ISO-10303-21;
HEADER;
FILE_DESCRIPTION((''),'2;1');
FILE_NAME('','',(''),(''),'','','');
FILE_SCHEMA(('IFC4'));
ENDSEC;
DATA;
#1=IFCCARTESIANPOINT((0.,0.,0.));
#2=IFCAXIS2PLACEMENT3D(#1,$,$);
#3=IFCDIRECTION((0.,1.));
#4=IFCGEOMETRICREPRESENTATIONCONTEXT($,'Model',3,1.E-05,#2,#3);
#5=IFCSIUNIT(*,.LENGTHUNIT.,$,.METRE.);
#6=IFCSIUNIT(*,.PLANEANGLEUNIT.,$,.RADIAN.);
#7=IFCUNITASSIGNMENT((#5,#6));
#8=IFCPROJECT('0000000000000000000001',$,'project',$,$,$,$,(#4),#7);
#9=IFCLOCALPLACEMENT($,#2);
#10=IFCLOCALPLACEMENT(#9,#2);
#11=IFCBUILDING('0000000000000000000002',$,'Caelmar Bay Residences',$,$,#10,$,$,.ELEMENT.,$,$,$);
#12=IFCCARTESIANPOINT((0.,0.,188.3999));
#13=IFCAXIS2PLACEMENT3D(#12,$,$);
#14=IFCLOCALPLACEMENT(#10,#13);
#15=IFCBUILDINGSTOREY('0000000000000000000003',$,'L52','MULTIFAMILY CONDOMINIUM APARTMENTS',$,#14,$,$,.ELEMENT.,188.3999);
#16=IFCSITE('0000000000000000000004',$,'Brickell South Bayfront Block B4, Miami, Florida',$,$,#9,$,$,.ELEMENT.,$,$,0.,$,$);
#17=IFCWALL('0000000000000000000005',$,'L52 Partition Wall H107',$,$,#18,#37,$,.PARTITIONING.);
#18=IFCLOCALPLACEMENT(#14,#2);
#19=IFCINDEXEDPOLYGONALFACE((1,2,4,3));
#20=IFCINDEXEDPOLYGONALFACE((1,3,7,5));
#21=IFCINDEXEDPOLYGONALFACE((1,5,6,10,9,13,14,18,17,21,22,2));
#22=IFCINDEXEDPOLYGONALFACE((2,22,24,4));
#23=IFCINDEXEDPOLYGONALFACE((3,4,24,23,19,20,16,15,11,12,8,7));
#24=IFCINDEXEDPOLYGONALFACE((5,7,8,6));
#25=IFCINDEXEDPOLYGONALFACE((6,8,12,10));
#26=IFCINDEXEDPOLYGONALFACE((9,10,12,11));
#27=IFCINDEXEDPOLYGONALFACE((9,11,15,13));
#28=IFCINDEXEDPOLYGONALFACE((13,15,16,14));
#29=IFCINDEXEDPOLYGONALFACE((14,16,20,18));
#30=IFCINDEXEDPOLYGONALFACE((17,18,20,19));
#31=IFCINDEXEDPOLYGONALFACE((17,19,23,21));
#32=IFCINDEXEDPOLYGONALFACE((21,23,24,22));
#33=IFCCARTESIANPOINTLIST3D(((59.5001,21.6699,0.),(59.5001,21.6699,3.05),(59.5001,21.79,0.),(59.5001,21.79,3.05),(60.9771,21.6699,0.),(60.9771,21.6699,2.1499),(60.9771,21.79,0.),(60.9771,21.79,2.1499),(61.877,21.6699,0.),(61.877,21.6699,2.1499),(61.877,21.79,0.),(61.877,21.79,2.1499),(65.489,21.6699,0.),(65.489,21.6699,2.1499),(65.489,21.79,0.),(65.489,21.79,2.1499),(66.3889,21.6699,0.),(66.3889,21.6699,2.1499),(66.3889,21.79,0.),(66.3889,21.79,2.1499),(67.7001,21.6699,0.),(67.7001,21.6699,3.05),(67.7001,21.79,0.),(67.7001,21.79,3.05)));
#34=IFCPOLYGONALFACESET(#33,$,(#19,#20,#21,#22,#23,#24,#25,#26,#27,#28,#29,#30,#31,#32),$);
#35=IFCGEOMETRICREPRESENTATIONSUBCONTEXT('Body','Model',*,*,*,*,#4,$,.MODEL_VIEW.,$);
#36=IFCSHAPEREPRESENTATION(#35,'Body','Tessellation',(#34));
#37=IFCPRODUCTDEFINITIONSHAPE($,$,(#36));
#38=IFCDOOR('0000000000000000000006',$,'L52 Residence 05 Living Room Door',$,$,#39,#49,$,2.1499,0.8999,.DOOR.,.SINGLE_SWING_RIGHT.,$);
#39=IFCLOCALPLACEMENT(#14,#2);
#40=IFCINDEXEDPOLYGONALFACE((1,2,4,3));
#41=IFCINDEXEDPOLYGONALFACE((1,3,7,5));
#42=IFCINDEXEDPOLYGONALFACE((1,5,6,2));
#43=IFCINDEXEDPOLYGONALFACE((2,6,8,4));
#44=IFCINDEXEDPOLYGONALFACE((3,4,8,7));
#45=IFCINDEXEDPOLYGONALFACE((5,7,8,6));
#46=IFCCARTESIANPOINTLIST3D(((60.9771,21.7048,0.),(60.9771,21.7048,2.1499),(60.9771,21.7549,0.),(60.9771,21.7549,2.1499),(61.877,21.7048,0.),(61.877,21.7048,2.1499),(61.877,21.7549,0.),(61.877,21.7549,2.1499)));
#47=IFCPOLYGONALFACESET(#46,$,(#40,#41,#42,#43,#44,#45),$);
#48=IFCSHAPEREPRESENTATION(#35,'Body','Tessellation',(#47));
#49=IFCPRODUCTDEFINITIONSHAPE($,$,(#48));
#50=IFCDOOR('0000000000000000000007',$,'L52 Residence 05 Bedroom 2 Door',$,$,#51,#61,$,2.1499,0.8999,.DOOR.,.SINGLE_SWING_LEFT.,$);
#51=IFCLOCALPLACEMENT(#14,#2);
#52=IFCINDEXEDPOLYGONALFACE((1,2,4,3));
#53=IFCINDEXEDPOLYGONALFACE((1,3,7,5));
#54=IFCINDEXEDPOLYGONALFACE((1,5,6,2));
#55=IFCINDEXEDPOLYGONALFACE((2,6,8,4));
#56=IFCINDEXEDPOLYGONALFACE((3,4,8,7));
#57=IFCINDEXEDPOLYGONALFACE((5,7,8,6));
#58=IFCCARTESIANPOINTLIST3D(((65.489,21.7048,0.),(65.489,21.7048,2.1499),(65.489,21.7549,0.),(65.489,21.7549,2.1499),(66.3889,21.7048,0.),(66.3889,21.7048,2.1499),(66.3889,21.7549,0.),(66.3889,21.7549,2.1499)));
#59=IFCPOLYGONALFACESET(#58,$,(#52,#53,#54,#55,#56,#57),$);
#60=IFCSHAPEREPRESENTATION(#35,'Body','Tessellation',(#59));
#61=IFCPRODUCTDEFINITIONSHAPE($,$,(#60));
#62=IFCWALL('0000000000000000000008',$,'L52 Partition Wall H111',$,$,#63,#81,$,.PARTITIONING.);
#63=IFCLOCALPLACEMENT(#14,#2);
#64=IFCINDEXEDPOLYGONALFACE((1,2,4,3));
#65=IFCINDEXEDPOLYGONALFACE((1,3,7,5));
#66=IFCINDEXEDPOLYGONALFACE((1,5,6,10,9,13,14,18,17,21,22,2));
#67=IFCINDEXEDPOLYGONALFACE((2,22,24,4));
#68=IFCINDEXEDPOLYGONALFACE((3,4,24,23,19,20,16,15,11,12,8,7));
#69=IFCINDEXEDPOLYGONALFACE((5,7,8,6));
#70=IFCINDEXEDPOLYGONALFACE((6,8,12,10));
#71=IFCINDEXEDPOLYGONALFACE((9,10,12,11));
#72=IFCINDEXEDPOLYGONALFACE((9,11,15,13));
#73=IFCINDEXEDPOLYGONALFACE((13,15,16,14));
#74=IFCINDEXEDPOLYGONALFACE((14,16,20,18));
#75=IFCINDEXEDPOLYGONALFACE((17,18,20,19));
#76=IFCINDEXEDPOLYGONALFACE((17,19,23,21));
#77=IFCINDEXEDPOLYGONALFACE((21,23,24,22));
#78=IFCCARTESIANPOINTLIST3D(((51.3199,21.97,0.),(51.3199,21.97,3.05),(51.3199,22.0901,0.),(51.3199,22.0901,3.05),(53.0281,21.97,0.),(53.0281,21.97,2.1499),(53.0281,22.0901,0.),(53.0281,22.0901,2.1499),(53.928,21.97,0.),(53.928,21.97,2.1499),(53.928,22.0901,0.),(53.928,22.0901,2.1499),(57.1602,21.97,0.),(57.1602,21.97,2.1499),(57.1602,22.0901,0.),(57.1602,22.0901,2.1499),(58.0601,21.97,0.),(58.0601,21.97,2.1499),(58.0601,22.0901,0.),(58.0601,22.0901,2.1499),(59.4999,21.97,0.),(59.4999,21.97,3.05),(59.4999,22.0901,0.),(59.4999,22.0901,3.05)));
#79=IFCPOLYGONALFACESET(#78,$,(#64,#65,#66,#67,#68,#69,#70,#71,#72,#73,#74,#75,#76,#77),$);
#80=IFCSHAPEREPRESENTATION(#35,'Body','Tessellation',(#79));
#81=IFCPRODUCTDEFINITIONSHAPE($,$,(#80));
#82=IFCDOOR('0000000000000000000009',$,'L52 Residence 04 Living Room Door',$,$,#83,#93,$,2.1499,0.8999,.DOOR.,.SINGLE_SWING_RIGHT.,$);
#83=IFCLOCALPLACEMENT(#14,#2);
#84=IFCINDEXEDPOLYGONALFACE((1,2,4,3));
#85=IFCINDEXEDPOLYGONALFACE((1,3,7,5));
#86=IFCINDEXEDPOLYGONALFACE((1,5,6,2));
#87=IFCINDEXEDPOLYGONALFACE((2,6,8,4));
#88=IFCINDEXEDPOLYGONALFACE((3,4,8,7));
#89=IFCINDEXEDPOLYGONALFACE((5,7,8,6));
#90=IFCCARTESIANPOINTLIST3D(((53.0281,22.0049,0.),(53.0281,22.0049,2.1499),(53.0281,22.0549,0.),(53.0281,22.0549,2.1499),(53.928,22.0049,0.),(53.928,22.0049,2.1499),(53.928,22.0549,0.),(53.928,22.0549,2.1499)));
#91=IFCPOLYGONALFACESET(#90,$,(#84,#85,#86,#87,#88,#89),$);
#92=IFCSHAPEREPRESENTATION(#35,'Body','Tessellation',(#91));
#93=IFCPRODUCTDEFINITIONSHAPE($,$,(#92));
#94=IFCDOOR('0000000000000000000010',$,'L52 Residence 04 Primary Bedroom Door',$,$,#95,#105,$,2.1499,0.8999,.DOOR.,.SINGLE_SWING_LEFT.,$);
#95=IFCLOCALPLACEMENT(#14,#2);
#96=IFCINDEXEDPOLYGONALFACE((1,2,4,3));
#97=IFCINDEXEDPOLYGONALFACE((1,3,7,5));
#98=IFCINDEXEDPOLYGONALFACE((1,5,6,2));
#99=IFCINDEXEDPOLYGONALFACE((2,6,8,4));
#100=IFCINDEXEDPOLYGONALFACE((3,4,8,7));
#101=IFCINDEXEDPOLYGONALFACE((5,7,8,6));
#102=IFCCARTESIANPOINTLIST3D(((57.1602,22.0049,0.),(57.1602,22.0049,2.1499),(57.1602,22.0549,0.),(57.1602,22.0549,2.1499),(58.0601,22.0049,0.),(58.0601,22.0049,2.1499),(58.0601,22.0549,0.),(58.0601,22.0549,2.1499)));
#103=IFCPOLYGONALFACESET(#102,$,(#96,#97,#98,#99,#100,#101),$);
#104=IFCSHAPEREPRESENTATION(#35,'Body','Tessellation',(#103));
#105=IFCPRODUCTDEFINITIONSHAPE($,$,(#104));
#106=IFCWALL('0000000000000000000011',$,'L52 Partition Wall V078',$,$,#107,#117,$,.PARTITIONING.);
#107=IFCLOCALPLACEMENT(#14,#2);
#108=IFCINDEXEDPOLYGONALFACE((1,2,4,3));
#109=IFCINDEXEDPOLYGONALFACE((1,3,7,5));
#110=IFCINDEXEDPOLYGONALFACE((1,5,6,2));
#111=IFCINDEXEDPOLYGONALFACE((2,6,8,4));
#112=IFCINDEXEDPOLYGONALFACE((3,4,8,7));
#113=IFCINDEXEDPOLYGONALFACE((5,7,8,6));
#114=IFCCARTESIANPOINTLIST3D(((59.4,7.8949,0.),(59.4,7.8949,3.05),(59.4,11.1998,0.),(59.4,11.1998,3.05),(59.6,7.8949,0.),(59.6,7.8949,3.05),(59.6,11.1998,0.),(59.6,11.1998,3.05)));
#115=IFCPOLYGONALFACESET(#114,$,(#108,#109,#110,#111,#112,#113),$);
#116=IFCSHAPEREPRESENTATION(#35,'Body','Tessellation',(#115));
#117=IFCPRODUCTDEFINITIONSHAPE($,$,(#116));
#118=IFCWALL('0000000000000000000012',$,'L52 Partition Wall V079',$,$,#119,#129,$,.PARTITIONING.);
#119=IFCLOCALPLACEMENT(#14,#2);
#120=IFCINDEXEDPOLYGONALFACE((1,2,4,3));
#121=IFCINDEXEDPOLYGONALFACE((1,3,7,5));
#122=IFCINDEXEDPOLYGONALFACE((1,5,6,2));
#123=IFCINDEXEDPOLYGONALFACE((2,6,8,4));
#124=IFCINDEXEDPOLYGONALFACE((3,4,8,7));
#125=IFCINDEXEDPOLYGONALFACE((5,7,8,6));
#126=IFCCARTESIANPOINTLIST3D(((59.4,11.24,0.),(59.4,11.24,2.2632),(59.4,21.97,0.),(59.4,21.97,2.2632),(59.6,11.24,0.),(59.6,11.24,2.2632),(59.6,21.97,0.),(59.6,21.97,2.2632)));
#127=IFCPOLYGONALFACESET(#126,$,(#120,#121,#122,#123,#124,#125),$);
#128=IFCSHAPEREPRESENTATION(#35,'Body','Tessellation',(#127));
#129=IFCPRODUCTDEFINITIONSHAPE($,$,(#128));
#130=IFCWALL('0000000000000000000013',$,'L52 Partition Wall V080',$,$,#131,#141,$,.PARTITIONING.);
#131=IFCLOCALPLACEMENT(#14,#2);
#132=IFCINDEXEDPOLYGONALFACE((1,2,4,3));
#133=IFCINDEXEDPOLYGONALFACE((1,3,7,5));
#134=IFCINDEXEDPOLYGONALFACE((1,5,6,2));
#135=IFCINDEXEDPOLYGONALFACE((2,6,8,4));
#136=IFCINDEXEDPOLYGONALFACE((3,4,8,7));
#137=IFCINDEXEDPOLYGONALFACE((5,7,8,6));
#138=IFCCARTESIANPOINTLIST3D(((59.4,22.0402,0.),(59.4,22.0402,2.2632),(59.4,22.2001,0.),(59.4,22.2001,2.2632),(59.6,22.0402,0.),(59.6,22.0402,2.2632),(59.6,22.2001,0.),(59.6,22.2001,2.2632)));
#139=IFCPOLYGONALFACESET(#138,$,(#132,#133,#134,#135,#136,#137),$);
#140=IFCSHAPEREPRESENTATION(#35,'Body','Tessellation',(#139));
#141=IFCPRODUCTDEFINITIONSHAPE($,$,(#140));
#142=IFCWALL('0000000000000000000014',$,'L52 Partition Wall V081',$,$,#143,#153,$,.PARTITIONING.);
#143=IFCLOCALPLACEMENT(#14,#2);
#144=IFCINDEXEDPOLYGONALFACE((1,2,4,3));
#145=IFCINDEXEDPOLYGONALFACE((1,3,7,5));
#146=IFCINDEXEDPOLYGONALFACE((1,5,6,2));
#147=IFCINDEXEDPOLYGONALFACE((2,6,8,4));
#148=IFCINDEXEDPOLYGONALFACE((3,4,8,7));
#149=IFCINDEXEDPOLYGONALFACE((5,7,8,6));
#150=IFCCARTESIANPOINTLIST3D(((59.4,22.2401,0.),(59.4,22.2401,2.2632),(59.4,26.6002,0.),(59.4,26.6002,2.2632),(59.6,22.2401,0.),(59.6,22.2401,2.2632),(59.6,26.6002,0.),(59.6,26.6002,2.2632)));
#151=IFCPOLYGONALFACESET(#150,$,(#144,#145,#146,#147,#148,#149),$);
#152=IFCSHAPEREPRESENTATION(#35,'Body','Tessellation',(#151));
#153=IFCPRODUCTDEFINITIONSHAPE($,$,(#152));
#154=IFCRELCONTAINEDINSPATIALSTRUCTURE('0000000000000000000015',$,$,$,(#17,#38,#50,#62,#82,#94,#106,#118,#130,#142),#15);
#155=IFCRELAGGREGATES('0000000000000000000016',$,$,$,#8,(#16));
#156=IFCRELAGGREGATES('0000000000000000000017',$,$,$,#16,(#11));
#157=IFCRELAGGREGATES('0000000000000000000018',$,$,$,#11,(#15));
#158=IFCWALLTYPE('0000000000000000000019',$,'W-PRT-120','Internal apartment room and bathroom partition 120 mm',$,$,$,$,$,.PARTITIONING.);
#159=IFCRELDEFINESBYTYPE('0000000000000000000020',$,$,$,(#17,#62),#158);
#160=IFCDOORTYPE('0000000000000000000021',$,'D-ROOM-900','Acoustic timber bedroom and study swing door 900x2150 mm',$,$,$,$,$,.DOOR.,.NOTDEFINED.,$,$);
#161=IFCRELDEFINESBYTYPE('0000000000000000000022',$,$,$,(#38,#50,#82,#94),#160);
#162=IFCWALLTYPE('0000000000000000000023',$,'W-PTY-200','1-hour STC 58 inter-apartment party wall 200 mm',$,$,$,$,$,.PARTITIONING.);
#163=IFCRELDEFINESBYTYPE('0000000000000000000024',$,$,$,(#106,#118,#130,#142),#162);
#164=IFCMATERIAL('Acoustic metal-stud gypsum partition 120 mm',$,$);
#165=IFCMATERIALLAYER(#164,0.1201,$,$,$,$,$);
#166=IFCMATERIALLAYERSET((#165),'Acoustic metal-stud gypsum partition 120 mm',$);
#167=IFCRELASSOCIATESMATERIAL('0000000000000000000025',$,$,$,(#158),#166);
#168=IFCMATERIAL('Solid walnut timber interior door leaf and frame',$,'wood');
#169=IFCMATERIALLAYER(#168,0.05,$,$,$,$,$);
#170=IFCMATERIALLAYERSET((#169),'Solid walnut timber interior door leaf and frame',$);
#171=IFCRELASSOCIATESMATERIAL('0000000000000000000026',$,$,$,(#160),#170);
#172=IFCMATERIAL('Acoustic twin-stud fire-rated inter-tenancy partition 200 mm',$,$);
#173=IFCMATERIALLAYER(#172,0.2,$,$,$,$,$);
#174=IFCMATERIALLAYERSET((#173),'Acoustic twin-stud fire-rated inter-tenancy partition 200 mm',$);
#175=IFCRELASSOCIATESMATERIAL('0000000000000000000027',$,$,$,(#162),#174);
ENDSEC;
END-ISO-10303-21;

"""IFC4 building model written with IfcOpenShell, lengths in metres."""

from ifc_helpers import new_model, si_unit, direction, frame, frame_2d, origin, place, context, subcontext, project, spatial, rectangle, extrude, material, layer, layer_set, type_object, element, fill, save


model = new_model("IFC4")

# Units and contexts
model_context = context("Model", 3, precision=1e-05, world=origin(), true_north=direction((0.0, 1.0)))
body_context = subcontext(model_context, "Body", "Model", "MODEL_VIEW")
ifc_project = project(units=[si_unit("LENGTHUNIT", "METRE"), si_unit("PLANEANGLEUNIT", "RADIAN")], contexts=[model_context])

# Site, building, storey
site_placement = place(None, origin())
site = spatial("IfcSite", under=ifc_project, at=site_placement, Name="Brickell South Bayfront Block B4, Miami, Florida", CompositionType="ELEMENT", RefElevation=0.0)
building_placement = place(site_placement, origin())
building = spatial("IfcBuilding", under=site, at=building_placement, Name="Caelmar Bay Residences", CompositionType="ELEMENT")
storey_placement = place(building_placement, frame((0.0, 0.0, 188.3999)))
storey = spatial("IfcBuildingStorey", under=building, at=storey_placement, Name="L52", Description="MULTIFAMILY CONDOMINIUM APARTMENTS", CompositionType="ELEMENT", Elevation=188.3999)

# Shared definitions
ifc_material_1 = material(Name="Acoustic metal-stud gypsum partition 120 mm")
ifc_layer_1 = layer(ifc_material_1, 0.1201)
ifc_layer_set_1 = layer_set([ifc_layer_1], Name="Acoustic metal-stud gypsum partition 120 mm")
wall_type_1 = type_object("IfcWallType", Name="W-PRT-120", Description="Internal apartment room and bathroom partition 120 mm", PredefinedType="PARTITIONING", material=ifc_layer_set_1)

# Shared definitions
ifc_material_2 = material(Name="Solid walnut timber interior door leaf and frame", Category="wood")
ifc_layer_2 = layer(ifc_material_2, 0.05)
ifc_layer_set_2 = layer_set([ifc_layer_2], Name="Solid walnut timber interior door leaf and frame")
door_type = type_object("IfcDoorType", Name="D-ROOM-900", Description="Acoustic timber bedroom and study swing door 900x2150 mm", OperationType="NOTDEFINED", PredefinedType="DOOR", material=ifc_layer_set_2)

# Walls, openings, doors
wall_1_placement = place(storey_placement, frame((59.5, 21.73, 0.0), z_axis=(0.0, 0.0, 1.0), x_axis=(1.0, 0.0, 0.0)))
wall_1 = element("IfcWall", 1, at=wall_1_placement, inside=storey, type_object=wall_type_1, Name="L52 Partition Wall H107", PredefinedType="PARTITIONING", context=body_context, shape_type="SweptSolid", body=[
    extrude(rectangle(XDim=8.2, YDim=0.1201, at=frame_2d((4.1001, 0.0))), origin(), (0.0, 0.0, 1.0), 3.05),
])
opening_1_placement = place(wall_1_placement, frame((1.4771, 0.0, 0.0)))
opening_1 = element("IfcOpeningElement", 2, at=opening_1_placement, cuts=wall_1, PredefinedType="OPENING", context=body_context, shape_type="SweptSolid", body=[
    extrude(rectangle(XDim=0.8999, YDim=2.1499, at=frame_2d((0.45, 1.075))), frame((0.0, 0.0701, 0.0), z_axis=(0.0, -1.0, 0.0), x_axis=(1.0, 0.0, 0.0)), (0.0, 0.0, 1.0), 0.1401),
])
opening_2_placement = place(wall_1_placement, frame((5.989, 0.0, 0.0)))
opening_2 = element("IfcOpeningElement", 3, at=opening_2_placement, cuts=wall_1, PredefinedType="OPENING", context=body_context, shape_type="SweptSolid", body=[
    extrude(rectangle(XDim=0.8999, YDim=2.1499, at=frame_2d((0.45, 1.075))), frame((0.0, 0.0701, 0.0), z_axis=(0.0, -1.0, 0.0), x_axis=(1.0, 0.0, 0.0)), (0.0, 0.0, 1.0), 0.1401),
])
door_1_placement = place(opening_1_placement, origin())
door_1 = element("IfcDoor", 4, at=door_1_placement, inside=storey, type_object=door_type, Name="L52 Residence 05 Living Room Door", OperationType="SINGLE_SWING_RIGHT", OverallHeight=2.1499, OverallWidth=0.8999, PredefinedType="DOOR", context=body_context, shape_type="SweptSolid", body=[
    extrude(rectangle(XDim=0.8999, YDim=2.1499, at=frame_2d((0.45, 1.075))), frame((0.0, 0.0249, 0.0), z_axis=(0.0, -1.0, 0.0), x_axis=(1.0, 0.0, 0.0)), (0.0, 0.0, 1.0), 0.05),
])
fill(opening_1, door_1)
door_2_placement = place(opening_2_placement, origin())
door_2 = element("IfcDoor", 5, at=door_2_placement, inside=storey, type_object=door_type, Name="L52 Residence 05 Bedroom 2 Door", OperationType="SINGLE_SWING_LEFT", OverallHeight=2.1499, OverallWidth=0.8999, PredefinedType="DOOR", context=body_context, shape_type="SweptSolid", body=[
    extrude(rectangle(XDim=0.8999, YDim=2.1499, at=frame_2d((0.45, 1.075))), frame((0.0, 0.0249, 0.0), z_axis=(0.0, -1.0, 0.0), x_axis=(1.0, 0.0, 0.0)), (0.0, 0.0, 1.0), 0.05),
])
fill(opening_2, door_2)
wall_2_placement = place(storey_placement, frame((51.3201, 22.03, 0.0), z_axis=(0.0, 0.0, 1.0), x_axis=(1.0, 0.0, 0.0)))
wall_2 = element("IfcWall", 6, at=wall_2_placement, inside=storey, type_object=wall_type_1, Name="L52 Partition Wall H111", PredefinedType="PARTITIONING", context=body_context, shape_type="SweptSolid", body=[
    extrude(rectangle(XDim=8.1799, YDim=0.1201, at=frame_2d((4.0898, 0.0))), origin(), (0.0, 0.0, 1.0), 3.05),
])
opening_3_placement = place(wall_2_placement, frame((1.708, 0.0, 0.0)))
opening_3 = element("IfcOpeningElement", 7, at=opening_3_placement, cuts=wall_2, PredefinedType="OPENING", context=body_context, shape_type="SweptSolid", body=[
    extrude(rectangle(XDim=0.8999, YDim=2.1499, at=frame_2d((0.45, 1.075))), frame((0.0, 0.0701, 0.0), z_axis=(0.0, -1.0, 0.0), x_axis=(1.0, 0.0, 0.0)), (0.0, 0.0, 1.0), 0.1401),
])
opening_4_placement = place(wall_2_placement, frame((5.8401, 0.0, 0.0)))
opening_4 = element("IfcOpeningElement", 8, at=opening_4_placement, cuts=wall_2, PredefinedType="OPENING", context=body_context, shape_type="SweptSolid", body=[
    extrude(rectangle(XDim=0.8999, YDim=2.1499, at=frame_2d((0.45, 1.075))), frame((0.0, 0.0701, 0.0), z_axis=(0.0, -1.0, 0.0), x_axis=(1.0, 0.0, 0.0)), (0.0, 0.0, 1.0), 0.1401),
])
door_3_placement = place(opening_3_placement, origin())
door_3 = element("IfcDoor", 9, at=door_3_placement, inside=storey, type_object=door_type, Name="L52 Residence 04 Living Room Door", OperationType="SINGLE_SWING_RIGHT", OverallHeight=2.1499, OverallWidth=0.8999, PredefinedType="DOOR", context=body_context, shape_type="SweptSolid", body=[
    extrude(rectangle(XDim=0.8999, YDim=2.1499, at=frame_2d((0.45, 1.075))), frame((0.0, 0.0249, 0.0), z_axis=(0.0, -1.0, 0.0), x_axis=(1.0, 0.0, 0.0)), (0.0, 0.0, 1.0), 0.05),
])
fill(opening_3, door_3)
door_4_placement = place(opening_4_placement, origin())
door_4 = element("IfcDoor", 10, at=door_4_placement, inside=storey, type_object=door_type, Name="L52 Residence 04 Primary Bedroom Door", OperationType="SINGLE_SWING_LEFT", OverallHeight=2.1499, OverallWidth=0.8999, PredefinedType="DOOR", context=body_context, shape_type="SweptSolid", body=[
    extrude(rectangle(XDim=0.8999, YDim=2.1499, at=frame_2d((0.45, 1.075))), frame((0.0, 0.0249, 0.0), z_axis=(0.0, -1.0, 0.0), x_axis=(1.0, 0.0, 0.0)), (0.0, 0.0, 1.0), 0.05),
])
fill(opening_4, door_4)

# Walls
ifc_material_3 = material(Name="Acoustic twin-stud fire-rated inter-tenancy partition 200 mm")
ifc_layer_3 = layer(ifc_material_3, 0.2)
ifc_layer_set_3 = layer_set([ifc_layer_3], Name="Acoustic twin-stud fire-rated inter-tenancy partition 200 mm")
wall_type_2 = type_object("IfcWallType", Name="W-PTY-200", Description="1-hour STC 58 inter-apartment party wall 200 mm", PredefinedType="PARTITIONING", material=ifc_layer_set_3)
wall_3_placement = place(storey_placement, frame((59.5, 7.895, 0.0), z_axis=(0.0, 0.0, 1.0), x_axis=(0.0, 1.0, 0.0)))
element("IfcWall", 11, at=wall_3_placement, inside=storey, type_object=wall_type_2, Name="L52 Partition Wall V078", PredefinedType="PARTITIONING", context=body_context, shape_type="SweptSolid", body=[
    extrude(rectangle(XDim=3.3049, YDim=0.2, at=frame_2d((1.6523, 0.0))), origin(), (0.0, 0.0, 1.0), 3.05),
])
wall_4_placement = place(storey_placement, frame((59.5, 11.24, 0.0), z_axis=(0.0, 0.0, 1.0), x_axis=(0.0, 1.0, 0.0)))
element("IfcWall", 12, at=wall_4_placement, inside=storey, type_object=wall_type_2, Name="L52 Partition Wall V079", PredefinedType="PARTITIONING", context=body_context, shape_type="SweptSolid", body=[
    extrude(rectangle(XDim=10.73, YDim=0.2, at=frame_2d((5.365, 0.0))), origin(), (0.0, 0.0, 1.0), 2.2632),
])
wall_5_placement = place(storey_placement, frame((59.5, 22.04, 0.0), z_axis=(0.0, 0.0, 1.0), x_axis=(0.0, 1.0, 0.0)))
element("IfcWall", 13, at=wall_5_placement, inside=storey, type_object=wall_type_2, Name="L52 Partition Wall V080", PredefinedType="PARTITIONING", context=body_context, shape_type="SweptSolid", body=[
    extrude(rectangle(XDim=0.1599, YDim=0.2, at=frame_2d((0.0801, 0.0))), origin(), (0.0, 0.0, 1.0), 2.2632),
])
wall_6_placement = place(storey_placement, frame((59.5, 22.24, 0.0), z_axis=(0.0, 0.0, 1.0), x_axis=(0.0, 1.0, 0.0)))
element("IfcWall", 14, at=wall_6_placement, inside=storey, type_object=wall_type_2, Name="L52 Partition Wall V081", PredefinedType="PARTITIONING", context=body_context, shape_type="SweptSolid", body=[
    extrude(rectangle(XDim=4.3601, YDim=0.2, at=frame_2d((2.1802, 0.0))), origin(), (0.0, 0.0, 1.0), 2.2632),
])

save(model, "model.ifc")
